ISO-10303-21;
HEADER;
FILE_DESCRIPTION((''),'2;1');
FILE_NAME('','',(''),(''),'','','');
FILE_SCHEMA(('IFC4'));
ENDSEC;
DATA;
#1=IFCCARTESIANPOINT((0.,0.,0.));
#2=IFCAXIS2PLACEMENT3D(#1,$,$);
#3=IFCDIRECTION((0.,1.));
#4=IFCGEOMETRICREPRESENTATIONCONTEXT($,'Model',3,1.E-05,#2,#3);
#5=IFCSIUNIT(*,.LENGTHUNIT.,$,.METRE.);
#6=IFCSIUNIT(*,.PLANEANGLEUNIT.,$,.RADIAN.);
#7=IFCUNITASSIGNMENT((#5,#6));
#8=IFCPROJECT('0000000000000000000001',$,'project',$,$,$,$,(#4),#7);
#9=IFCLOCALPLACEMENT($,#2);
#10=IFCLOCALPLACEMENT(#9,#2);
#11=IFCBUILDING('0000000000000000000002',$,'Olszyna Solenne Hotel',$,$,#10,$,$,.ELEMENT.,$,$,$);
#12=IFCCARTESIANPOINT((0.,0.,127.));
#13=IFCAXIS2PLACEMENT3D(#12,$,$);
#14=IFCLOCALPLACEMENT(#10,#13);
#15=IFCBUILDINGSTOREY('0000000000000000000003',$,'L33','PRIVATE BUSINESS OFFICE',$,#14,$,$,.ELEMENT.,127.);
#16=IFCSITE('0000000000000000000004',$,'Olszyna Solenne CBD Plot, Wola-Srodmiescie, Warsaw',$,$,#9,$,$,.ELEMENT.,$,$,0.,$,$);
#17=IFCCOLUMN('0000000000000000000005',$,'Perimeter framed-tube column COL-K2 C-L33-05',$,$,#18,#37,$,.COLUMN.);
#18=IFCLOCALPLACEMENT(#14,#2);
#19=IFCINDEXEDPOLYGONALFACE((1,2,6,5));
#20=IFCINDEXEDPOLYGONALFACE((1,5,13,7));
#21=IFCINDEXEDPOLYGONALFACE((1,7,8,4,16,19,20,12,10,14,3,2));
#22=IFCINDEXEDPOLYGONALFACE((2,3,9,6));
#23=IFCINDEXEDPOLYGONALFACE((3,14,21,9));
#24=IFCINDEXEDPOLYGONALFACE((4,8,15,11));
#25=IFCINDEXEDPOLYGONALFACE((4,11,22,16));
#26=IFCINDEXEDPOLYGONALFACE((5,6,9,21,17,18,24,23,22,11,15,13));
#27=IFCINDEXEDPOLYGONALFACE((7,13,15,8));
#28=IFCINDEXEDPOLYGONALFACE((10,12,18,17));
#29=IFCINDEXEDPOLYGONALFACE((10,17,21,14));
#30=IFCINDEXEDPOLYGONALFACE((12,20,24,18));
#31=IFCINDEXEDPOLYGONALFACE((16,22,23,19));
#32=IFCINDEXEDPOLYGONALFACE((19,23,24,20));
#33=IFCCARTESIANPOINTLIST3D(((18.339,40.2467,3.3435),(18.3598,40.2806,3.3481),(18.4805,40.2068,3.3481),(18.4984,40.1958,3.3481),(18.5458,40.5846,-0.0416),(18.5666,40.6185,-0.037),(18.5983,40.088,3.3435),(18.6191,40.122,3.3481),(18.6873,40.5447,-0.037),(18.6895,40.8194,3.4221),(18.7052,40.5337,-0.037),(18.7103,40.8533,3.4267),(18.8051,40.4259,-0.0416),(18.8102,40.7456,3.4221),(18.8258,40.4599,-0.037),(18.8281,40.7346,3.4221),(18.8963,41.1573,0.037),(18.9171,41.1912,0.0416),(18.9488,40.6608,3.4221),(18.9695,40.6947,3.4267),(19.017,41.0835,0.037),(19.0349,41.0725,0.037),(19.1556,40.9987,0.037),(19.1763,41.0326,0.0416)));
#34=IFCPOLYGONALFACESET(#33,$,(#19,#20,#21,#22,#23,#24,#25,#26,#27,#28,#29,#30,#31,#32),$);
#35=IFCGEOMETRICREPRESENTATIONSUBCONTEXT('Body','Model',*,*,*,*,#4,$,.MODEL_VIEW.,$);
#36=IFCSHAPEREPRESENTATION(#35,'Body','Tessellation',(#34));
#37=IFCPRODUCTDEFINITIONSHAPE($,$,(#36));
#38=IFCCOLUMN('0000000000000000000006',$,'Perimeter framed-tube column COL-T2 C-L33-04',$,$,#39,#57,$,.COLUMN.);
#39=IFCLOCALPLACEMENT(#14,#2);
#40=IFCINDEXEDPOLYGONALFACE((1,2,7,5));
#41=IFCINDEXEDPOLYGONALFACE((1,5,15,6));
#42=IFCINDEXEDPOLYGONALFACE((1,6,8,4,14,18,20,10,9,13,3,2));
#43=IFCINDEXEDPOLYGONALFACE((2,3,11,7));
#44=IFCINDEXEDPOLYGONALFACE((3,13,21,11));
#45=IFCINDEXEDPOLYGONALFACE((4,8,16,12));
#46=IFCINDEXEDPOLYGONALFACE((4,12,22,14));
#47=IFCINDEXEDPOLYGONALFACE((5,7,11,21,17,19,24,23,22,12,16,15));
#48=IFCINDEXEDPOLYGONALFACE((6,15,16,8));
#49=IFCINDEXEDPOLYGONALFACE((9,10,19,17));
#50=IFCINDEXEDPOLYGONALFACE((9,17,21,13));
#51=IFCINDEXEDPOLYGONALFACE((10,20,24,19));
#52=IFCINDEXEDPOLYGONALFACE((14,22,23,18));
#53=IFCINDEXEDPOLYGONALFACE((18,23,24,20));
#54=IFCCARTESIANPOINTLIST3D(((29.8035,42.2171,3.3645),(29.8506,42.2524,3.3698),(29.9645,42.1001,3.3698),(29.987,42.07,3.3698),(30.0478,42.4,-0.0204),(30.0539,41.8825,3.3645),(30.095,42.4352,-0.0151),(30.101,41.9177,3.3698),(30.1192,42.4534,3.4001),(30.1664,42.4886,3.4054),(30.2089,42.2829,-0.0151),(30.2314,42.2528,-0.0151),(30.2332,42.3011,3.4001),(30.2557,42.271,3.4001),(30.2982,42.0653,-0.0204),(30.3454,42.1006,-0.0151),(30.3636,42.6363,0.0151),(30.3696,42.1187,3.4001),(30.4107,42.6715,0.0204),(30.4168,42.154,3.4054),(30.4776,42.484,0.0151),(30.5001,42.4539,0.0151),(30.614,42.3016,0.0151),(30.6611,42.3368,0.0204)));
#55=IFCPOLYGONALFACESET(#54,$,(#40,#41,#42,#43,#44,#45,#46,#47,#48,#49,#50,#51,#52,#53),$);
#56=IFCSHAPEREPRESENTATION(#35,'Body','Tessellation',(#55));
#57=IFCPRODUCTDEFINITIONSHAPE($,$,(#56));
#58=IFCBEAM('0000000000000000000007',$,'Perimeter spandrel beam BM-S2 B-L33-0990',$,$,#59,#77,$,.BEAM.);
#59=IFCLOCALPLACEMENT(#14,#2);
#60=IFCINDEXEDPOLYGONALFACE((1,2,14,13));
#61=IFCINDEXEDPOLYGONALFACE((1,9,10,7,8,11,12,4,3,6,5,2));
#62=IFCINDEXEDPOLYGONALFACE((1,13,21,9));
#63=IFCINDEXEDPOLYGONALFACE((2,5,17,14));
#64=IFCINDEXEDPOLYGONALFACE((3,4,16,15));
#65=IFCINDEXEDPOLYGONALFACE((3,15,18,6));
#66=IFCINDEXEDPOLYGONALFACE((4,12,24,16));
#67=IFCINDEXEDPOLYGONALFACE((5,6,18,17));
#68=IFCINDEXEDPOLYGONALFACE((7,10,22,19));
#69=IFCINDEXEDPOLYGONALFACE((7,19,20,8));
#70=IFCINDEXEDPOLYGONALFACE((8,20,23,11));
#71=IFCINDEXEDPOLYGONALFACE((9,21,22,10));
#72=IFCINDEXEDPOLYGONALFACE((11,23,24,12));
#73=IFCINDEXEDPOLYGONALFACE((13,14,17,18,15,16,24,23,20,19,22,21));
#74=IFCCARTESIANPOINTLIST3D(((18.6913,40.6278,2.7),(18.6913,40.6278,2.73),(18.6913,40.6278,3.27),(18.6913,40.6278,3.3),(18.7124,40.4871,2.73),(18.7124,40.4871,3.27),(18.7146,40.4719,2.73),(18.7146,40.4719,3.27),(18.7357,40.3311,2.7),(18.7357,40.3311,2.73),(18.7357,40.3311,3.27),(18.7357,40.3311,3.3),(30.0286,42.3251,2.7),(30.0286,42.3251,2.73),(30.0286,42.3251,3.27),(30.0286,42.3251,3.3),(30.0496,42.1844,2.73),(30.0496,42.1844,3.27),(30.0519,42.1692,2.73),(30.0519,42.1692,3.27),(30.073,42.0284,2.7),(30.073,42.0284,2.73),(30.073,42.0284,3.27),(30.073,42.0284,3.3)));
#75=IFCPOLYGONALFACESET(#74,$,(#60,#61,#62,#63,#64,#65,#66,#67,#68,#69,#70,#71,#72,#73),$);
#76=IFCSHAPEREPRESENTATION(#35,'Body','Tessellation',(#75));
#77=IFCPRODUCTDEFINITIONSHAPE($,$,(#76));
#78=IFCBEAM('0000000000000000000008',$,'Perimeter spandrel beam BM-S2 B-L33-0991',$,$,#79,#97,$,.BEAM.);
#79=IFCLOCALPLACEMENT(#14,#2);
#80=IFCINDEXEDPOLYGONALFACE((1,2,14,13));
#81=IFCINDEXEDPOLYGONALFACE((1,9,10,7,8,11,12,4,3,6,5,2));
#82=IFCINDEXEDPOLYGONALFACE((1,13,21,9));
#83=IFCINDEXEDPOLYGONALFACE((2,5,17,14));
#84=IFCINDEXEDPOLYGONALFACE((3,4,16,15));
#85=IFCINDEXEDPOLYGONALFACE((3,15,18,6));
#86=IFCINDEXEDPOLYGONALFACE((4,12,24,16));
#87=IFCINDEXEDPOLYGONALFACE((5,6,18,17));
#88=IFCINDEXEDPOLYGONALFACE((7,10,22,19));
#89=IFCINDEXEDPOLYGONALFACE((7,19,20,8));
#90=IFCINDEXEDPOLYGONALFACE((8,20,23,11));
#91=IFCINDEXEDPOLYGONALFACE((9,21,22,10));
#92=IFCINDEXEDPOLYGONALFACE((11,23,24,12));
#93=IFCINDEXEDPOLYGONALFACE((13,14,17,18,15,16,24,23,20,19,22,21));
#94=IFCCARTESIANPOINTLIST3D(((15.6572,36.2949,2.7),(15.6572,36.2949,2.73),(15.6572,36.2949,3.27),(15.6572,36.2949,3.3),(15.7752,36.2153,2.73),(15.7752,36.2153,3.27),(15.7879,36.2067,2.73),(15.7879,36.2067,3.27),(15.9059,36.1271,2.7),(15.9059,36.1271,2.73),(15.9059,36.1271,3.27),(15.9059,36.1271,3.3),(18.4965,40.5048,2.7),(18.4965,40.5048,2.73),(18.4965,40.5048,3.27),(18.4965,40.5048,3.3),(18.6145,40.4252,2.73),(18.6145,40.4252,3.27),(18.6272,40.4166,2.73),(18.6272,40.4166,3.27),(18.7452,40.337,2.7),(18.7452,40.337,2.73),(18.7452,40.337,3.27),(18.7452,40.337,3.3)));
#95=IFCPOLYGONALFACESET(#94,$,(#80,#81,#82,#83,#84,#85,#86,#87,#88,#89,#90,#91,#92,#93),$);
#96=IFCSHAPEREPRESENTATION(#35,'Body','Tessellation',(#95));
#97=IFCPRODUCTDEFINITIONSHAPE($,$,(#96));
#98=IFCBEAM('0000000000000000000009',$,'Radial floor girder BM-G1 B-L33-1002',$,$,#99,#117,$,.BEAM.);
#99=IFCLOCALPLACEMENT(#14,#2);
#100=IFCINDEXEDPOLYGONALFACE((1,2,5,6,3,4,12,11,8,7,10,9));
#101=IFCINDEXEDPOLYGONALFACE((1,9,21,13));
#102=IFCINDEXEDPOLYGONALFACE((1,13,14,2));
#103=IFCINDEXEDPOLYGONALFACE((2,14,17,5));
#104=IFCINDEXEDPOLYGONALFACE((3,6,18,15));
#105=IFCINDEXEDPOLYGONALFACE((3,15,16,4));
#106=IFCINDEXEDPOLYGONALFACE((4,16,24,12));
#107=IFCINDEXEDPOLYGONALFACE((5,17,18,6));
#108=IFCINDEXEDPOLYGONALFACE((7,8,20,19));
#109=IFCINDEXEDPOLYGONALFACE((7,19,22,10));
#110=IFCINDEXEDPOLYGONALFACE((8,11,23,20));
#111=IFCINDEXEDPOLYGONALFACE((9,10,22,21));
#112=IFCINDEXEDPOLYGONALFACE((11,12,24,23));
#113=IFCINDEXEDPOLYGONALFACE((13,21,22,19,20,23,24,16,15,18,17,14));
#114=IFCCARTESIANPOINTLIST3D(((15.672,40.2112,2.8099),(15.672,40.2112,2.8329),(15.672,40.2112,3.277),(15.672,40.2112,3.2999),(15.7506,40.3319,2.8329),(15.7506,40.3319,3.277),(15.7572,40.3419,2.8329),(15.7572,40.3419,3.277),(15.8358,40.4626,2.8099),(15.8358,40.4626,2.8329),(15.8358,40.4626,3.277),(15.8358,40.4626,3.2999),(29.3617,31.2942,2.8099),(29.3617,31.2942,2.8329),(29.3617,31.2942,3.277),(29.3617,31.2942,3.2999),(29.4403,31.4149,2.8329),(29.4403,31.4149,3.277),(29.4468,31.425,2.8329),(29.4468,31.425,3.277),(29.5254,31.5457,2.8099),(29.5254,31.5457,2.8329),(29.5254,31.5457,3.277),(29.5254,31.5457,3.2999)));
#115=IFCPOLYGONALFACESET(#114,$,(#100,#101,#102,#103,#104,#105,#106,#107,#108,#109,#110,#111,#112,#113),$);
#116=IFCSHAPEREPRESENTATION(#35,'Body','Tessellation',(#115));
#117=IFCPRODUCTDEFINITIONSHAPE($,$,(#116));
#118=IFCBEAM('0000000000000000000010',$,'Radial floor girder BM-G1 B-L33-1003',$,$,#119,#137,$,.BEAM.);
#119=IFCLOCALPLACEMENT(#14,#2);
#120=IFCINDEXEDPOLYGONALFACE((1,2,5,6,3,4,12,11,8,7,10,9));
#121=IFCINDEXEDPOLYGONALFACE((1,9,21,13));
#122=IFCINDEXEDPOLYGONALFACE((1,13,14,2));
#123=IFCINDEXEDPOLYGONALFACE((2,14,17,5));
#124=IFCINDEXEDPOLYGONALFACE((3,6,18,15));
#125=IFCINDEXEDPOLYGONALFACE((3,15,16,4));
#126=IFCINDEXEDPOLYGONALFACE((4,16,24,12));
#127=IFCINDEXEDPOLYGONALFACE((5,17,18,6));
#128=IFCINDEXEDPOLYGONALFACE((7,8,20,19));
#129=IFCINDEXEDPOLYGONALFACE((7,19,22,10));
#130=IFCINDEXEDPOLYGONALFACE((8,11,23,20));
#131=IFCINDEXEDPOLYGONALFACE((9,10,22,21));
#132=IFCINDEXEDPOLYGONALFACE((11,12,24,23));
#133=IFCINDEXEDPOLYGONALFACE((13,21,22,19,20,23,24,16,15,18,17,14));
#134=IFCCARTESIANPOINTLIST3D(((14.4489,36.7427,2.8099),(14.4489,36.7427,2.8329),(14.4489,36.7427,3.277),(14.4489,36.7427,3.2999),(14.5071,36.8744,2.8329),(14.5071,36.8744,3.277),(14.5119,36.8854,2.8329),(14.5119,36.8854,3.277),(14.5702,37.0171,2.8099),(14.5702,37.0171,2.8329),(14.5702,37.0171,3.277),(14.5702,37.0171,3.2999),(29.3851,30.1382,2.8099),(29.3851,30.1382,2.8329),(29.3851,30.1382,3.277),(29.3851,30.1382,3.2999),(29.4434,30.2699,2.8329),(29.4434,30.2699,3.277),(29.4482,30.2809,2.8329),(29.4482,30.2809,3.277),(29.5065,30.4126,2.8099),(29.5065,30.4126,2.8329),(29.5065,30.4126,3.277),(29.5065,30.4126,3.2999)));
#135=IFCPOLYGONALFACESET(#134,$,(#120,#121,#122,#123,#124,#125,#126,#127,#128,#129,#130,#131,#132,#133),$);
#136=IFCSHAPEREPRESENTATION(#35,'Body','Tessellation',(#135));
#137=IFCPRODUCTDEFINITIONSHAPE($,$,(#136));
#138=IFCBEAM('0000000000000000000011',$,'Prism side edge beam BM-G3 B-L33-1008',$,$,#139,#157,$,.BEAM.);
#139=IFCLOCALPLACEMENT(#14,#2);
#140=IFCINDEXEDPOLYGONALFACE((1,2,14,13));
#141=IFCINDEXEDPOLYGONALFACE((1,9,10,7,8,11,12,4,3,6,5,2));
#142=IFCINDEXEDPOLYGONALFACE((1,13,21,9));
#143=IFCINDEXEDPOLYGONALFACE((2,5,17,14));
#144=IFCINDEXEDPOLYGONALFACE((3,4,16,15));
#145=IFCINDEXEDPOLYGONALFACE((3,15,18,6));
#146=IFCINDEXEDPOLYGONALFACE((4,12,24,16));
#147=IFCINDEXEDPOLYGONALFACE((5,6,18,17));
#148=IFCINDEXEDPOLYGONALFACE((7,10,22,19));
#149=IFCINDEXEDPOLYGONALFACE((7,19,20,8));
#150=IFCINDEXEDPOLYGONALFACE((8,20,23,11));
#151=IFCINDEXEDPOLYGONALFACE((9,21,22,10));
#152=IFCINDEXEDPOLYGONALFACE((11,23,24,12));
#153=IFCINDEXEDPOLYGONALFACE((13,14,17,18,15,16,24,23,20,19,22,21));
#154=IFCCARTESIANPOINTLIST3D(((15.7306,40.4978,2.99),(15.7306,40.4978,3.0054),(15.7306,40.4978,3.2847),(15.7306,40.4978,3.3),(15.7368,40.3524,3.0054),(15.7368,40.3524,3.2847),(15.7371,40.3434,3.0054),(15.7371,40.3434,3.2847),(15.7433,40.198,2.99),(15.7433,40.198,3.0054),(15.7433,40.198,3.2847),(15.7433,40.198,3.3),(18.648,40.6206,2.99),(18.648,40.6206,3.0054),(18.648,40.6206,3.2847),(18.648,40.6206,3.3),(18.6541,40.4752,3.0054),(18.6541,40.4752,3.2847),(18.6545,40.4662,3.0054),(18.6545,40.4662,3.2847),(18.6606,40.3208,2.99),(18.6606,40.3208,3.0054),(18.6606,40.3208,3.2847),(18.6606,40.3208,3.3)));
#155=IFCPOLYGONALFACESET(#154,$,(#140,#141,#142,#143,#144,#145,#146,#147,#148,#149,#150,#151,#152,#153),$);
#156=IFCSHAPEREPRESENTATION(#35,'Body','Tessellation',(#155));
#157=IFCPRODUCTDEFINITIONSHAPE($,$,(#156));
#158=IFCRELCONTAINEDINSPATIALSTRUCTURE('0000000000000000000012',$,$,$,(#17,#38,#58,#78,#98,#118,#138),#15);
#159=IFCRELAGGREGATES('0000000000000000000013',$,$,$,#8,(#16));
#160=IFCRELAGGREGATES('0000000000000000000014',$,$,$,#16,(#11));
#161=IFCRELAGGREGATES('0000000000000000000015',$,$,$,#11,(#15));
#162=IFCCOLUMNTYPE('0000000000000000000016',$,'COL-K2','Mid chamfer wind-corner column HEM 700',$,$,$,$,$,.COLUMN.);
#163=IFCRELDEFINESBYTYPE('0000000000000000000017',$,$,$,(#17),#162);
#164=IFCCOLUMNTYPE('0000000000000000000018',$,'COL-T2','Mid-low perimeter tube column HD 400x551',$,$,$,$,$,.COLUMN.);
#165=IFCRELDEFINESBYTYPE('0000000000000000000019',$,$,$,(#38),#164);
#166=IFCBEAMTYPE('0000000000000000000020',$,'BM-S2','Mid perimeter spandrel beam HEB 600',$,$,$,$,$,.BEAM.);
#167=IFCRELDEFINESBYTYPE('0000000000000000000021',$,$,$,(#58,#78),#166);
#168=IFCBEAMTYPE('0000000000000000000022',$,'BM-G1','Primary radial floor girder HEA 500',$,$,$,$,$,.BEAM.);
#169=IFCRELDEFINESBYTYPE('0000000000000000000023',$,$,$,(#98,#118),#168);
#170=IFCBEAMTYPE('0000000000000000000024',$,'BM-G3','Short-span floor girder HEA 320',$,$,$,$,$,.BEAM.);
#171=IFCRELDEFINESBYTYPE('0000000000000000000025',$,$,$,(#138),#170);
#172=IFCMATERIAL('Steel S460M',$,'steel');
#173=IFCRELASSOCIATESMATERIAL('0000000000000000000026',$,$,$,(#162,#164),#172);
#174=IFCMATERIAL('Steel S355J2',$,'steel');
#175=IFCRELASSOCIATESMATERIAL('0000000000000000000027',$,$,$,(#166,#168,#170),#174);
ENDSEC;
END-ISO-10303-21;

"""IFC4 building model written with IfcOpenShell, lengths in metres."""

from ifc_helpers import new_model, si_unit, direction, frame, origin, origin_2d, place, context, subcontext, project, spatial, i_section, extrude, source, transform, mapped, material, material_profile, profile_set, type_object, element, save


model = new_model("IFC4")

# Units and contexts
model_context = context("Model", 3, precision=1e-05, world=origin(), true_north=direction((0.0, 1.0)))
body_context = subcontext(model_context, "Body", "Model", "MODEL_VIEW")
ifc_project = project(units=[si_unit("LENGTHUNIT", "METRE"), si_unit("PLANEANGLEUNIT", "RADIAN")], contexts=[model_context])

# Site, building, storey
site_placement = place(None, origin())
site = spatial("IfcSite", under=ifc_project, at=site_placement, Name="Olszyna Solenne CBD Plot, Wola-Srodmiescie, Warsaw", CompositionType="ELEMENT", RefElevation=0.0)
building_placement = place(site_placement, origin())
building = spatial("IfcBuilding", under=site, at=building_placement, Name="Olszyna Solenne Hotel", CompositionType="ELEMENT")
storey_placement = place(building_placement, frame((0.0, 0.0, 127.0)))
storey = spatial("IfcBuildingStorey", under=building, at=storey_placement, Name="L33", Description="PRIVATE BUSINESS OFFICE", CompositionType="ELEMENT", Elevation=127.0)

# Columns
ifc_material_1 = material(Name="Steel S460M", Category="steel")
ifc_material_profile_1 = material_profile(ifc_material_1, i_section(OverallWidth=0.304, OverallDepth=0.7161, WebThickness=0.021, FlangeThickness=0.04, at=origin_2d()), Name="HEM 700", Category="load-bearing")
ifc_profile_set_1 = profile_set([ifc_material_profile_1], Name="Steel S460M")
column_type_1 = type_object("IfcColumnType", Name="COL-K2", Description="Mid chamfer wind-corner column HEM 700", PredefinedType="COLUMN", material=ifc_profile_set_1)
shared_shape_1 = source(origin(), body_context, "Body", "SweptSolid", [
    extrude(i_section(OverallWidth=0.304, OverallDepth=0.7161, WebThickness=0.021, FlangeThickness=0.04, at=origin_2d()), origin(), (0.0, 0.0, 1.0), 3.4082),
])
column_1_placement = place(storey_placement, frame((18.8611, 40.8086, 0.0), z_axis=(-0.060675, -0.099143, 0.993222), x_axis=(0.852947, -0.521998, 0.0)))
element("IfcColumn", 1, at=column_1_placement, inside=storey, type_object=column_type_1, Name="Perimeter framed-tube column COL-K2 C-L33-05", PredefinedType="COLUMN", context=body_context, shape_type="MappedRepresentation", body=[
    mapped(shared_shape_1, transform((0.0, 0.0, 0.0), x_axis=(1.0, 0.0, 0.0), y_axis=(0.0, 1.0, 0.0), z_axis=(0.0, 0.0, 1.0), scale=1.0)),
])
ifc_material_profile_2 = material_profile(ifc_material_1, i_section(OverallWidth=0.418, OverallDepth=0.4551, WebThickness=0.0376, FlangeThickness=0.0591, at=origin_2d()), Name="HD 400x551", Category="load-bearing")
ifc_profile_set_2 = profile_set([ifc_material_profile_2], Name="Steel S460M")
column_type_2 = type_object("IfcColumnType", Name="COL-T2", Description="Mid-low perimeter tube column HD 400x551", PredefinedType="COLUMN", material=ifc_profile_set_2)
shared_shape_2 = source(origin(), body_context, "Body", "SweptSolid", [
    extrude(i_section(OverallWidth=0.418, OverallDepth=0.4551, WebThickness=0.0376, FlangeThickness=0.0591, at=origin_2d()), origin(), (0.0, 0.0, 1.0), 3.3987),
])
column_2_placement = place(storey_placement, frame((30.3545, 42.3684, 0.0), z_axis=(-0.071904, -0.053803, 0.995959), x_axis=(0.599104, -0.800671, 0.0)))
element("IfcColumn", 2, at=column_2_placement, inside=storey, type_object=column_type_2, Name="Perimeter framed-tube column COL-T2 C-L33-04", PredefinedType="COLUMN", context=body_context, shape_type="MappedRepresentation", body=[
    mapped(shared_shape_2, transform((0.0, 0.0, 0.0), x_axis=(1.0, 0.0, 0.0), y_axis=(0.0, 1.0, 0.0), z_axis=(0.0, 0.0, 1.0), scale=1.0)),
])

# Beams
ifc_material_2 = material(Name="Steel S355J2", Category="steel")
ifc_material_profile_3 = material_profile(ifc_material_2, i_section(OverallWidth=0.3, OverallDepth=0.6001, WebThickness=0.0154, FlangeThickness=0.03, at=origin_2d()), Name="HEB 600", Category="load-bearing")
ifc_profile_set_3 = profile_set([ifc_material_profile_3], Name="Steel S355J2")
beam_type_1 = type_object("IfcBeamType", Name="BM-S2", Description="Mid perimeter spandrel beam HEB 600", PredefinedType="BEAM", material=ifc_profile_set_3)
shared_shape_3 = source(origin(), body_context, "Body", "SweptSolid", [
    extrude(i_section(OverallWidth=0.3, OverallDepth=0.6001, WebThickness=0.0154, FlangeThickness=0.03, at=origin_2d()), origin(), (0.0, 0.0, 1.0), 11.4636),
])
beam_1_placement = place(storey_placement, frame((30.0508, 42.1768, 3.0), z_axis=(-0.988979, -0.148058, 0.0), x_axis=(0.148058, -0.988979, 0.0)))
element("IfcBeam", 3, at=beam_1_placement, inside=storey, type_object=beam_type_1, Name="Perimeter spandrel beam BM-S2 B-L33-0990", PredefinedType="BEAM", context=body_context, shape_type="MappedRepresentation", body=[
    mapped(shared_shape_3, transform((0.0, 0.0, 0.0), x_axis=(1.0, 0.0, 0.0), y_axis=(0.0, 1.0, 0.0), z_axis=(0.0, 0.0, 1.0), scale=1.0)),
])
shared_shape_4 = source(origin(), body_context, "Body", "SweptSolid", [
    extrude(i_section(OverallWidth=0.3, OverallDepth=0.6001, WebThickness=0.0154, FlangeThickness=0.03, at=origin_2d()), origin(), (0.0, 0.0, 1.0), 5.0779),
])
beam_2_placement = place(storey_placement, frame((18.6208, 40.4209, 3.0), z_axis=(-0.559152, -0.829065, 0.0), x_axis=(0.829065, -0.559152, 0.0)))
element("IfcBeam", 4, at=beam_2_placement, inside=storey, type_object=beam_type_1, Name="Perimeter spandrel beam BM-S2 B-L33-0991", PredefinedType="BEAM", context=body_context, shape_type="MappedRepresentation", body=[
    mapped(shared_shape_4, transform((0.0, 0.0, 0.0), x_axis=(1.0, 0.0, 0.0), y_axis=(0.0, 1.0, 0.0), z_axis=(0.0, 0.0, 1.0), scale=1.0)),
])
ifc_material_profile_4 = material_profile(ifc_material_2, i_section(OverallWidth=0.3, OverallDepth=0.49, WebThickness=0.012, FlangeThickness=0.0229, at=origin_2d()), Name="HEA 500", Category="load-bearing")
ifc_profile_set_4 = profile_set([ifc_material_profile_4], Name="Steel S355J2")
beam_type_2 = type_object("IfcBeamType", Name="BM-G1", Description="Primary radial floor girder HEA 500", PredefinedType="BEAM", material=ifc_profile_set_4)
shared_shape_5 = source(origin(), body_context, "Body", "SweptSolid", [
    extrude(i_section(OverallWidth=0.3, OverallDepth=0.49, WebThickness=0.012, FlangeThickness=0.0229, at=origin_2d()), origin(), (0.0, 0.0, 1.0), 16.3376),
])
beam_3_placement = place(storey_placement, frame((15.7539, 40.3369, 3.0549), z_axis=(0.837921, -0.545792, 0.0), x_axis=(0.545792, 0.837921, 0.0)))
element("IfcBeam", 5, at=beam_3_placement, inside=storey, type_object=beam_type_2, Name="Radial floor girder BM-G1 B-L33-1002", PredefinedType="BEAM", context=body_context, shape_type="MappedRepresentation", body=[
    mapped(shared_shape_5, transform((0.0, 0.0, 0.0), x_axis=(1.0, 0.0, 0.0), y_axis=(0.0, 1.0, 0.0), z_axis=(0.0, 0.0, 1.0), scale=1.0)),
])
shared_shape_6 = source(origin(), body_context, "Body", "SweptSolid", [
    extrude(i_section(OverallWidth=0.3, OverallDepth=0.49, WebThickness=0.012, FlangeThickness=0.0229, at=origin_2d()), origin(), (0.0, 0.0, 1.0), 16.3313),
])
beam_4_placement = place(storey_placement, frame((14.5095, 36.8799, 3.0549), z_axis=(0.914579, -0.404407, 0.0), x_axis=(0.404407, 0.914579, 0.0)))
element("IfcBeam", 6, at=beam_4_placement, inside=storey, type_object=beam_type_2, Name="Radial floor girder BM-G1 B-L33-1003", PredefinedType="BEAM", context=body_context, shape_type="MappedRepresentation", body=[
    mapped(shared_shape_6, transform((0.0, 0.0, 0.0), x_axis=(1.0, 0.0, 0.0), y_axis=(0.0, 1.0, 0.0), z_axis=(0.0, 0.0, 1.0), scale=1.0)),
])
ifc_material_profile_5 = material_profile(ifc_material_2, i_section(OverallWidth=0.3, OverallDepth=0.3101, WebThickness=0.009, FlangeThickness=0.0154, at=origin_2d()), Name="HEA 320", Category="load-bearing")
ifc_profile_set_5 = profile_set([ifc_material_profile_5], Name="Steel S355J2")
beam_type_3 = type_object("IfcBeamType", Name="BM-G3", Description="Short-span floor girder HEA 320", PredefinedType="BEAM", material=ifc_profile_set_5)
shared_shape_7 = source(origin(), body_context, "Body", "SweptSolid", [
    extrude(i_section(OverallWidth=0.3, OverallDepth=0.3101, WebThickness=0.009, FlangeThickness=0.0154, at=origin_2d()), origin(), (0.0, 0.0, 1.0), 2.9199),
])
beam_5_placement = place(storey_placement, frame((18.6543, 40.4707, 3.145), z_axis=(-0.999115, -0.042058, 0.0), x_axis=(0.042058, -0.999115, 0.0)))
element("IfcBeam", 7, at=beam_5_placement, inside=storey, type_object=beam_type_3, Name="Prism side edge beam BM-G3 B-L33-1008", PredefinedType="BEAM", context=body_context, shape_type="MappedRepresentation", body=[
    mapped(shared_shape_7, transform((0.0, 0.0, 0.0), x_axis=(1.0, 0.0, 0.0), y_axis=(0.0, 1.0, 0.0), z_axis=(0.0, 0.0, 1.0), scale=1.0)),
])

save(model, "model.ifc")
